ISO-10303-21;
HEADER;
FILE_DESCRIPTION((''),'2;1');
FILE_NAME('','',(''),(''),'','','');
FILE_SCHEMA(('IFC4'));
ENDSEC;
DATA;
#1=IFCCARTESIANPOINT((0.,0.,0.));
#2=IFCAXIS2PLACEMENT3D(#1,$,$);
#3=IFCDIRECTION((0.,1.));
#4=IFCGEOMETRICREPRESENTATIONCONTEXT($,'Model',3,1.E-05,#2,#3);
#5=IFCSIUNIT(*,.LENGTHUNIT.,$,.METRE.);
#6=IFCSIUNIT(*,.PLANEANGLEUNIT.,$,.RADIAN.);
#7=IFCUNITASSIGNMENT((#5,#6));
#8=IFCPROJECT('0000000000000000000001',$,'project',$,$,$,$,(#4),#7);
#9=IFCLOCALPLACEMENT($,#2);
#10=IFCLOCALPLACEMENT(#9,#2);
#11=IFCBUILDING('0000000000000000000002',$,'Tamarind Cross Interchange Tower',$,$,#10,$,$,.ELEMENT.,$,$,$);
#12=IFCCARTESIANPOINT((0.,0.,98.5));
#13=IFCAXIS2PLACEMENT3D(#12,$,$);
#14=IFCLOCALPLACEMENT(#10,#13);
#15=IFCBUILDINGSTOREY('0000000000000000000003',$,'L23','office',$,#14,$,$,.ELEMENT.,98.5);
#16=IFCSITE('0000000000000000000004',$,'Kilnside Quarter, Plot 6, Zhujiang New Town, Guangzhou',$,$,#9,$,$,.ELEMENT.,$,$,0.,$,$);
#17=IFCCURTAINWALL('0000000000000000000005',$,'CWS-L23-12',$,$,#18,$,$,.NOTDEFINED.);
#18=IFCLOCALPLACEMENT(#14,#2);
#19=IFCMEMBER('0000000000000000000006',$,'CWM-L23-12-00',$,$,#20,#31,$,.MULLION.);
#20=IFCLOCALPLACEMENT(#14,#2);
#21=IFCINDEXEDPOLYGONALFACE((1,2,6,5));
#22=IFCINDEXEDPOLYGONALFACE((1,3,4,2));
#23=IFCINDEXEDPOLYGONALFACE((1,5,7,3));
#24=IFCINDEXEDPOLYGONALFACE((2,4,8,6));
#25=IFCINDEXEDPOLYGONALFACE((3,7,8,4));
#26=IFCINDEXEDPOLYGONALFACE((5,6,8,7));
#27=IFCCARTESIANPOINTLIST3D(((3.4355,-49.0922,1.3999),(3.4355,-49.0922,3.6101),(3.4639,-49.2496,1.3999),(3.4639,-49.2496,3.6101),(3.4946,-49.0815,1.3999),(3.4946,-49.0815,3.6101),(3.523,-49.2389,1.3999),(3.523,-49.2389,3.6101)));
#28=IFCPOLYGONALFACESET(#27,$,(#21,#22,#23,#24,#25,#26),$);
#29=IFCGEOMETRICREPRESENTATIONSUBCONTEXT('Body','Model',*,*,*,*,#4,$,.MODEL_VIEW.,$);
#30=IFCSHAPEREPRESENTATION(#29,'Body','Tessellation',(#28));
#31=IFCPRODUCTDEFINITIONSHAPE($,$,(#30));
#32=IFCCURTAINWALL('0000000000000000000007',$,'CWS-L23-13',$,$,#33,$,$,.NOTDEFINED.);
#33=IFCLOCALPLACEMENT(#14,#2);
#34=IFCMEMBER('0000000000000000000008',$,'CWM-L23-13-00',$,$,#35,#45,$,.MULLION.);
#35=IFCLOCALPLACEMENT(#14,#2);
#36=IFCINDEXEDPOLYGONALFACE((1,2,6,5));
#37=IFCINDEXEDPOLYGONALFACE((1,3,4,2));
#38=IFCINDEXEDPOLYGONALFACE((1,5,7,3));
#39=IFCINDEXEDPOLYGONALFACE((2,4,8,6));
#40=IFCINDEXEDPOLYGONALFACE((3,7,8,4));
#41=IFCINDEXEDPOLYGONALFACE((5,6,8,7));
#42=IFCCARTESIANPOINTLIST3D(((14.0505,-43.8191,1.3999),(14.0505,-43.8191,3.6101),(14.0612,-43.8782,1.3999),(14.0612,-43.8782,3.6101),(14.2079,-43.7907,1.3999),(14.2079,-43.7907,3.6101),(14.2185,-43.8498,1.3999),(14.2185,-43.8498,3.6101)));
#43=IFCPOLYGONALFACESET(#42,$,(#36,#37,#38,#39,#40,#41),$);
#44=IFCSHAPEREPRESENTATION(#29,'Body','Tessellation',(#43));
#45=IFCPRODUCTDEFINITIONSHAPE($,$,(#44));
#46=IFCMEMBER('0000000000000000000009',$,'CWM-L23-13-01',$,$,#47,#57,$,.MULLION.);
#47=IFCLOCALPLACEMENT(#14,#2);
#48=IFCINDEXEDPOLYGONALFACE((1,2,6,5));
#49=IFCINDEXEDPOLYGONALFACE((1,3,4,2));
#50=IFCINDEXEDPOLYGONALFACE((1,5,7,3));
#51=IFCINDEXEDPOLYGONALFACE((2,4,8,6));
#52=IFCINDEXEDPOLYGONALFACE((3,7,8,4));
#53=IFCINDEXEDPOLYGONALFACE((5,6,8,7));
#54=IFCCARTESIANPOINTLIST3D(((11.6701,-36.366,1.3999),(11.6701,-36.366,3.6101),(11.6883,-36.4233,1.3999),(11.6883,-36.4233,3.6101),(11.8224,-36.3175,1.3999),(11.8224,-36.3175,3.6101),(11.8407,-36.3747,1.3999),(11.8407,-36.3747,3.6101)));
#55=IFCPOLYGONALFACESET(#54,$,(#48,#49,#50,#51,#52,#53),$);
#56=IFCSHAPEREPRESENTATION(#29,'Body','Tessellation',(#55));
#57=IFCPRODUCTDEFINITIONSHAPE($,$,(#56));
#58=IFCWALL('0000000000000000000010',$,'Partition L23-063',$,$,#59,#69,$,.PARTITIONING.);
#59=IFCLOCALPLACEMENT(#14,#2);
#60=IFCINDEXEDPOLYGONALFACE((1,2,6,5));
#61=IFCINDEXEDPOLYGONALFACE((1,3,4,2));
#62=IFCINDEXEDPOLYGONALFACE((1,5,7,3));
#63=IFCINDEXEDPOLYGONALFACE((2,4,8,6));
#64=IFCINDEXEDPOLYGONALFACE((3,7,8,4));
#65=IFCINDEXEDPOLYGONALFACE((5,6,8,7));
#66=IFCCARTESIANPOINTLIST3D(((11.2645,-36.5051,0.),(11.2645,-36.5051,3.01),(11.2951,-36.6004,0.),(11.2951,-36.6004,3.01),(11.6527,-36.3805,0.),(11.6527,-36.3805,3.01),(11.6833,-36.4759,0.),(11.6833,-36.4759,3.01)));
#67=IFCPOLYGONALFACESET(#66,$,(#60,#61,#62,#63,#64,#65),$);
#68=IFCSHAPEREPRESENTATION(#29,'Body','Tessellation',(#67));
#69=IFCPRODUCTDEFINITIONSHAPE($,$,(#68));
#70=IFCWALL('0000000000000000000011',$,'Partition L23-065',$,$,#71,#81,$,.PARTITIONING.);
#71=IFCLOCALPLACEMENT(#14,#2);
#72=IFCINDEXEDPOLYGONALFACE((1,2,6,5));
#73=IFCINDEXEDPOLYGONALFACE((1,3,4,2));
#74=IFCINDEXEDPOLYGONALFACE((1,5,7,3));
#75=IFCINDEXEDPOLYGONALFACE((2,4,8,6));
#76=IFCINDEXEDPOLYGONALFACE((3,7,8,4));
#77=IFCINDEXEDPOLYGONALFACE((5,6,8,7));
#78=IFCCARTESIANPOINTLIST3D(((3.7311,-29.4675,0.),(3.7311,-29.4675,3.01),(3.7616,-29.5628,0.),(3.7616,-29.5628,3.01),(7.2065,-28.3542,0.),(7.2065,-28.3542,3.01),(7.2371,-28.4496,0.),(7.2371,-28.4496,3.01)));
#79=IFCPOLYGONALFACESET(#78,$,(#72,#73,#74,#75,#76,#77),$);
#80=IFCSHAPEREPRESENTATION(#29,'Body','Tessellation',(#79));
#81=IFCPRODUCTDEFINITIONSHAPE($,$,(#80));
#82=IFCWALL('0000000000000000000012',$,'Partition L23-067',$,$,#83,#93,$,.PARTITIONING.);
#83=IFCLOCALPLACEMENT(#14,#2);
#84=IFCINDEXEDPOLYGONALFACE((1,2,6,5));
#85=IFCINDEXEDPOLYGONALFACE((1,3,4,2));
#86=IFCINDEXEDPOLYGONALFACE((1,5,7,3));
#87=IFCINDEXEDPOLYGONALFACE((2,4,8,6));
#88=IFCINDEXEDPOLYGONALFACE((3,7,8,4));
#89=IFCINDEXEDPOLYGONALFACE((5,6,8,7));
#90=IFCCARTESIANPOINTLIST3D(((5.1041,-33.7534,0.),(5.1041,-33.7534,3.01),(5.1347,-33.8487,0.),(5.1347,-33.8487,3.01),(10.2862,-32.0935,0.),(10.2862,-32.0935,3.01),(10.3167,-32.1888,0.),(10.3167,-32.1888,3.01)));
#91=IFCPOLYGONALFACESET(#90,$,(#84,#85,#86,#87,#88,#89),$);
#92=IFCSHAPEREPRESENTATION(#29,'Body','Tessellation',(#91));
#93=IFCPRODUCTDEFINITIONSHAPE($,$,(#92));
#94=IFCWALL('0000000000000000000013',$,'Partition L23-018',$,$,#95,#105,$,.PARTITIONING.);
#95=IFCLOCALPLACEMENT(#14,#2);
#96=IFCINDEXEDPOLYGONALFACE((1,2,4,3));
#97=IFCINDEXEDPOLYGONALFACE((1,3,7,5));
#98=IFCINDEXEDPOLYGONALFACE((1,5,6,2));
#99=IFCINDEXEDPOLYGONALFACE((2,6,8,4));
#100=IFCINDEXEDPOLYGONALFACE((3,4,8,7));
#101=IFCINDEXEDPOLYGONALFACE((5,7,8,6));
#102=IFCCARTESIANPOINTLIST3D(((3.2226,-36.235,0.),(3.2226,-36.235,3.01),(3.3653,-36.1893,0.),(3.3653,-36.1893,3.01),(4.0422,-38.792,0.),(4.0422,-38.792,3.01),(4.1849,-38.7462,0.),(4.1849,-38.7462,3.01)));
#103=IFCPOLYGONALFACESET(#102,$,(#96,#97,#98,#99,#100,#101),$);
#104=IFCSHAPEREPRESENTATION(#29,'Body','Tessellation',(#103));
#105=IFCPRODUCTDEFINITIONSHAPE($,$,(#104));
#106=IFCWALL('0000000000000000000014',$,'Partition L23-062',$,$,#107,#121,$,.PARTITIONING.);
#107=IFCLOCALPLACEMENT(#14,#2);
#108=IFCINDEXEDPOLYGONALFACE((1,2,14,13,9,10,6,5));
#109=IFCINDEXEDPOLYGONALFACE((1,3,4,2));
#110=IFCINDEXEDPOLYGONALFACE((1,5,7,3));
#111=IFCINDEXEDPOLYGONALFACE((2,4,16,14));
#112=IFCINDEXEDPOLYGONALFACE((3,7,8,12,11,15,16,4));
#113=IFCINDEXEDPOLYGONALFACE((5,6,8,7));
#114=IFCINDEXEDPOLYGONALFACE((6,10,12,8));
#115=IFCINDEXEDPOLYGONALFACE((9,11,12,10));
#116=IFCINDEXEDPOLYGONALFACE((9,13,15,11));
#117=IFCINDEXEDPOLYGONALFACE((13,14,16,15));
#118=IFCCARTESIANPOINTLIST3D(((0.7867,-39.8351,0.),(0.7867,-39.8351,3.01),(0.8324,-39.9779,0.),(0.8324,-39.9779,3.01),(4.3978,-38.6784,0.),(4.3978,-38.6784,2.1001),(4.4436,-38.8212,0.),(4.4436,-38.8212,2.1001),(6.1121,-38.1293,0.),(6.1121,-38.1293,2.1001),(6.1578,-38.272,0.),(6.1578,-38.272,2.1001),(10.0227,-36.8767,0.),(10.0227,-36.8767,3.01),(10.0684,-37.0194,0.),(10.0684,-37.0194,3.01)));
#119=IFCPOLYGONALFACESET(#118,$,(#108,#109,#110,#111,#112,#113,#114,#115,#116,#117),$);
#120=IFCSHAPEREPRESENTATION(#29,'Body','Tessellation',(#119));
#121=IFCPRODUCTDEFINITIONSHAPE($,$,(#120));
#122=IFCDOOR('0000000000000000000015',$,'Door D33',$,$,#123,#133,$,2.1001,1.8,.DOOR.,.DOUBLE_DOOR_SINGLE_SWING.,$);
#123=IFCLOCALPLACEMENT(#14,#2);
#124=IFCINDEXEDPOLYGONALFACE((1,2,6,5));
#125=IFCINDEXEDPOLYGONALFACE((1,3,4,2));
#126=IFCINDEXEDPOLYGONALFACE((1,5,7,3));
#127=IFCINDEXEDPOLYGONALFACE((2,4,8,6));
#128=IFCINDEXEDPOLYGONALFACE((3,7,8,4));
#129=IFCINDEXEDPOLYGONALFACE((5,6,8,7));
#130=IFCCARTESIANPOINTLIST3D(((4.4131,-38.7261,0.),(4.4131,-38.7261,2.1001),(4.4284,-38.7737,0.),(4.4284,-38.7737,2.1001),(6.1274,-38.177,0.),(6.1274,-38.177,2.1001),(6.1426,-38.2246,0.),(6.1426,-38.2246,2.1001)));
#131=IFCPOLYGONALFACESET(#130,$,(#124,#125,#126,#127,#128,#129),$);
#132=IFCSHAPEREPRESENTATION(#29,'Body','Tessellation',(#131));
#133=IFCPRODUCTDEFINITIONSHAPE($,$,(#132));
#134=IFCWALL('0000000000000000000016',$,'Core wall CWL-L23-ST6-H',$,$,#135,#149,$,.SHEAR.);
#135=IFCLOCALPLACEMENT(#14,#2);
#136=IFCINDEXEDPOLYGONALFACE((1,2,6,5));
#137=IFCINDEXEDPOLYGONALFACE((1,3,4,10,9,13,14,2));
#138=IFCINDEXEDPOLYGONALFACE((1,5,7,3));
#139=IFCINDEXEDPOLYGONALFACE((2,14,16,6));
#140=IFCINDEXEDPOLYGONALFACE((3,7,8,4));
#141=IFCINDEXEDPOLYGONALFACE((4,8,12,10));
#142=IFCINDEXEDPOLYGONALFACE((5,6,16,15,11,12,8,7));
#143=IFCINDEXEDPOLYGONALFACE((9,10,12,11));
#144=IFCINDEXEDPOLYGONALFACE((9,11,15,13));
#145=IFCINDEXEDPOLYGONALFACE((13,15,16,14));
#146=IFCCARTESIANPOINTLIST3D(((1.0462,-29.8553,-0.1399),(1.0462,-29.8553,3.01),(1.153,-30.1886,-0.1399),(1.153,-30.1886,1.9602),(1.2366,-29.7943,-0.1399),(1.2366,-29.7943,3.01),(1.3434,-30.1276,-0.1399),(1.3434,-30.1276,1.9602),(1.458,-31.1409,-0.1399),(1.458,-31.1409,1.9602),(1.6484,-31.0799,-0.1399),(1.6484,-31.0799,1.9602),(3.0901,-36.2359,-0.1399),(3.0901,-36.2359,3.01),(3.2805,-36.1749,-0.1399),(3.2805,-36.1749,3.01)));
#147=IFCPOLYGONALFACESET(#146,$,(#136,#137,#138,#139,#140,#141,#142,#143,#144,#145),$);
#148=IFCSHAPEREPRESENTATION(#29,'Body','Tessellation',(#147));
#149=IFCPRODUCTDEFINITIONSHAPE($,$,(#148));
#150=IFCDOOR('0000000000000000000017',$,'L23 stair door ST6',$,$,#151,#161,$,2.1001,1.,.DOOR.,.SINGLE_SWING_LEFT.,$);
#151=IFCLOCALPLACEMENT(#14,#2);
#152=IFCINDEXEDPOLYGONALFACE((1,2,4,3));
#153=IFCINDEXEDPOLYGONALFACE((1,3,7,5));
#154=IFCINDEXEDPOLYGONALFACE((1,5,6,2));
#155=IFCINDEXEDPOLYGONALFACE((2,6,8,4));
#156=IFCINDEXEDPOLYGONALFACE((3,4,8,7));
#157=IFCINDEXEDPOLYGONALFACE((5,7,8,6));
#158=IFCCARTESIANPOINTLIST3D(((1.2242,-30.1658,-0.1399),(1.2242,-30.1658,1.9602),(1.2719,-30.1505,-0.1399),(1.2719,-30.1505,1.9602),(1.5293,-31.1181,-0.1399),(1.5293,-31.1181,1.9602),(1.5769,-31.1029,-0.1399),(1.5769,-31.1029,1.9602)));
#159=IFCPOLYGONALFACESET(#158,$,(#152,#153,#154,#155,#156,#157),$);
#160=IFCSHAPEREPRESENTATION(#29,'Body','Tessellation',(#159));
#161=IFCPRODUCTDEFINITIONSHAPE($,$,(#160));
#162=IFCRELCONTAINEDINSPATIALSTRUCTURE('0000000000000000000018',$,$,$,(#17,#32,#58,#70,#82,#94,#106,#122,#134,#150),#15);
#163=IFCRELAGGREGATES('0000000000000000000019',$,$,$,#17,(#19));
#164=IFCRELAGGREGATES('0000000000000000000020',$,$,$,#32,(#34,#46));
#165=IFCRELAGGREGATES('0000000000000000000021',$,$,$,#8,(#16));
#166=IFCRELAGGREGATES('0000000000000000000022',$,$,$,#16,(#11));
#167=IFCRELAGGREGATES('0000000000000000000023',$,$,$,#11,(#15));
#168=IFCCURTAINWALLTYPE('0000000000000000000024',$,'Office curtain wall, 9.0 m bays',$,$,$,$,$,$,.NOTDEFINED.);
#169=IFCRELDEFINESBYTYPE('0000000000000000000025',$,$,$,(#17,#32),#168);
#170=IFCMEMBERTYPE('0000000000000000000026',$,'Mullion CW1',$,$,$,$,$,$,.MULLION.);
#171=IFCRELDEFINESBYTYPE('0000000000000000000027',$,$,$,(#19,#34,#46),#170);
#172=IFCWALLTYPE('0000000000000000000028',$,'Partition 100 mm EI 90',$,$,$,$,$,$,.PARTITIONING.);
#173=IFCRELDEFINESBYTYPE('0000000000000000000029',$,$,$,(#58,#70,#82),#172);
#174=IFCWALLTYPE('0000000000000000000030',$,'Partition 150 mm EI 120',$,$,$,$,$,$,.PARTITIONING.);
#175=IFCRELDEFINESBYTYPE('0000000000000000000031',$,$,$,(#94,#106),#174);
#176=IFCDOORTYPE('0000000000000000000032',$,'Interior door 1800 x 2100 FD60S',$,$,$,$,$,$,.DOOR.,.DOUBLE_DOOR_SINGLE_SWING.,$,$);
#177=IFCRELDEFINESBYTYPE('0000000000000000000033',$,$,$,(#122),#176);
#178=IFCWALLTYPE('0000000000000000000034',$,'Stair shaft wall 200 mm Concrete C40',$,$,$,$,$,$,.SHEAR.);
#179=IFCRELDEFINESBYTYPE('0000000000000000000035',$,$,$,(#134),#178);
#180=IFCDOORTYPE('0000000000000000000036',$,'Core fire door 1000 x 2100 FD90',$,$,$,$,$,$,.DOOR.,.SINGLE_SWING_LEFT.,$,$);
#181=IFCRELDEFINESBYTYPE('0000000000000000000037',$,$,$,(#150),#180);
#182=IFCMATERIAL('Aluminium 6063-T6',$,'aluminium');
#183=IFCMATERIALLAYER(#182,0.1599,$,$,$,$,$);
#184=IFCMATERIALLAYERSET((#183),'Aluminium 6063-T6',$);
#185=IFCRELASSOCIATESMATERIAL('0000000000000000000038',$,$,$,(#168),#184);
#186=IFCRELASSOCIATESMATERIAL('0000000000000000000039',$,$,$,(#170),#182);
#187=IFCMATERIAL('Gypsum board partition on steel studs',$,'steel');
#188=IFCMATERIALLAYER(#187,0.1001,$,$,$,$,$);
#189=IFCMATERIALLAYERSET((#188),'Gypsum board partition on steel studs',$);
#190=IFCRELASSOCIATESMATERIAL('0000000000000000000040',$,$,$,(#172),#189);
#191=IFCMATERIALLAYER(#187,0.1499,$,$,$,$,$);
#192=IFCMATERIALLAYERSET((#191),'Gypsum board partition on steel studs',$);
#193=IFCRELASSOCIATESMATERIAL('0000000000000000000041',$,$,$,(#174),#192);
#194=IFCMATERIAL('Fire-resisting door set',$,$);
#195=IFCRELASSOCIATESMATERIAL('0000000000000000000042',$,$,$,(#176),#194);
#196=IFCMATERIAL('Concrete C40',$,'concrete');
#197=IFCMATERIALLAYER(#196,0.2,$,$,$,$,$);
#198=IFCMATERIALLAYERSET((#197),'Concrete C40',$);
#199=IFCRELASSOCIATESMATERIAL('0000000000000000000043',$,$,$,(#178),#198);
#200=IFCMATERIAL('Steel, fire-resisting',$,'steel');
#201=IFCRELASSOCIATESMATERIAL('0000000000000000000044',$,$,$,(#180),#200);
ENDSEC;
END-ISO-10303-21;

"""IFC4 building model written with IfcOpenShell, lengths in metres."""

from ifc_helpers import new_model, si_unit, direction, frame, frame_2d, origin, origin_2d, place, context, subcontext, project, spatial, rectangle, extrude, material, layer, layer_set, material_profile, profile_set, type_object, element, fill, aggregate, save


model = new_model("IFC4")

# Units and contexts
model_context = context("Model", 3, precision=1e-05, world=origin(), true_north=direction((0.0, 1.0)))
body_context = subcontext(model_context, "Body", "Model", "MODEL_VIEW")
ifc_project = project(units=[si_unit("LENGTHUNIT", "METRE"), si_unit("PLANEANGLEUNIT", "RADIAN")], contexts=[model_context])

# Site, building, storey
site_placement = place(None, origin())
site = spatial("IfcSite", under=ifc_project, at=site_placement, Name="Kilnside Quarter, Plot 6, Zhujiang New Town, Guangzhou", CompositionType="ELEMENT", RefElevation=0.0)
building_placement = place(site_placement, origin())
building = spatial("IfcBuilding", under=site, at=building_placement, Name="Tamarind Cross Interchange Tower", CompositionType="ELEMENT")
storey_placement = place(building_placement, frame((0.0, 0.0, 98.5)))
storey = spatial("IfcBuildingStorey", under=building, at=storey_placement, Name="L23", Description="office", CompositionType="ELEMENT", Elevation=98.5)

# Curtain wall, member
ifc_material_1 = material(Name="Aluminium 6063-T6", Category="aluminium")
ifc_layer_1 = layer(ifc_material_1, 0.1599)
ifc_layer_set_1 = layer_set([ifc_layer_1], Name="Aluminium 6063-T6")
curtain_wall_type = type_object("IfcCurtainWallType", Name="Office curtain wall, 9.0 m bays", PredefinedType="NOTDEFINED", material=ifc_layer_set_1)
curtain_wall_1_placement = place(storey_placement, origin())
curtain_wall_1 = element("IfcCurtainWall", 1, at=curtain_wall_1_placement, inside=storey, type_object=curtain_wall_type, Name="CWS-L23-12", PredefinedType="NOTDEFINED")
ifc_material_profile_1 = material_profile(ifc_material_1, rectangle(XDim=0.0601, YDim=0.1599, at=origin_2d()), Name="Mullion CW1")
ifc_profile_set_1 = profile_set([ifc_material_profile_1], Name="Aluminium 6063-T6")
member_type = type_object("IfcMemberType", Name="Mullion CW1", PredefinedType="MULLION", material=ifc_profile_set_1)
member_1_placement = place(storey_placement, frame((3.4792, -49.1655, 1.3999), z_axis=(0.0, 0.0, 1.0), x_axis=(0.984005, 0.178143, 0.0)))
member_1 = element("IfcMember", 2, at=member_1_placement, type_object=member_type, Name="CWM-L23-12-00", PredefinedType="MULLION", context=body_context, shape_type="SweptSolid", body=[
    extrude(rectangle(XDim=0.0601, YDim=0.1599, at=origin_2d()), origin(), (0.0, 0.0, 1.0), 2.2102),
])
aggregate(curtain_wall_1, [member_1])

# Curtain wall, members
curtain_wall_2_placement = place(storey_placement, origin())
curtain_wall_2 = element("IfcCurtainWall", 3, at=curtain_wall_2_placement, inside=storey, type_object=curtain_wall_type, Name="CWS-L23-13", PredefinedType="NOTDEFINED")
member_2_placement = place(storey_placement, frame((14.1345, -43.8345, 1.3999), z_axis=(0.0, 0.0, 1.0), x_axis=(-0.177433, 0.984133, 0.0)))
member_2 = element("IfcMember", 4, at=member_2_placement, type_object=member_type, Name="CWM-L23-13-00", PredefinedType="MULLION", context=body_context, shape_type="SweptSolid", body=[
    extrude(rectangle(XDim=0.0601, YDim=0.1599, at=origin_2d()), origin(), (0.0, 0.0, 1.0), 2.2102),
])
member_3_placement = place(storey_placement, frame((11.7554, -36.3704, 1.3999), z_axis=(0.0, 0.0, 1.0), x_axis=(-0.303683, 0.952773, 0.0)))
member_3 = element("IfcMember", 5, at=member_3_placement, type_object=member_type, Name="CWM-L23-13-01", PredefinedType="MULLION", context=body_context, shape_type="SweptSolid", body=[
    extrude(rectangle(XDim=0.0601, YDim=0.1599, at=origin_2d()), origin(), (0.0, 0.0, 1.0), 2.2102),
])
aggregate(curtain_wall_2, [member_2, member_3])

# Walls
ifc_material_2 = material(Name="Gypsum board partition on steel studs", Category="steel")
ifc_layer_2 = layer(ifc_material_2, 0.1001)
ifc_layer_set_2 = layer_set([ifc_layer_2], Name="Gypsum board partition on steel studs")
wall_type_1 = type_object("IfcWallType", Name="Partition 100 mm EI 90", PredefinedType="PARTITIONING", material=ifc_layer_set_2)
wall_1_placement = place(storey_placement, frame((11.2798, -36.5527, 0.0), z_axis=(0.0, 0.0, 1.0), x_axis=(0.952215, 0.305428, 0.0)))
element("IfcWall", 6, at=wall_1_placement, inside=storey, type_object=wall_type_1, Name="Partition L23-063", PredefinedType="PARTITIONING", context=body_context, shape_type="SweptSolid", body=[
    extrude(rectangle(XDim=0.4077, YDim=0.1001, at=frame_2d((0.2039, 0.0))), origin(), (0.0, 0.0, 1.0), 3.01),
])
wall_2_placement = place(storey_placement, frame((3.7463, -29.5151, 0.0), z_axis=(0.0, 0.0, 1.0), x_axis=(0.952337, 0.305048, 0.0)))
element("IfcWall", 7, at=wall_2_placement, inside=storey, type_object=wall_type_1, Name="Partition L23-065", PredefinedType="PARTITIONING", context=body_context, shape_type="SweptSolid", body=[
    extrude(rectangle(XDim=3.6494, YDim=0.1001, at=frame_2d((1.8247, 0.0))), origin(), (0.0, 0.0, 1.0), 3.01),
])
wall_3_placement = place(storey_placement, frame((5.1194, -33.801, 0.0), z_axis=(0.0, 0.0, 1.0), x_axis=(0.952337, 0.305048, 0.0)))
element("IfcWall", 8, at=wall_3_placement, inside=storey, type_object=wall_type_1, Name="Partition L23-067", PredefinedType="PARTITIONING", context=body_context, shape_type="SweptSolid", body=[
    extrude(rectangle(XDim=5.4414, YDim=0.1001, at=frame_2d((2.7207, 0.0))), origin(), (0.0, 0.0, 1.0), 3.01),
])
ifc_layer_3 = layer(ifc_material_2, 0.1499)
ifc_layer_set_3 = layer_set([ifc_layer_3], Name="Gypsum board partition on steel studs")
wall_type_2 = type_object("IfcWallType", Name="Partition 150 mm EI 120", PredefinedType="PARTITIONING", material=ifc_layer_set_3)
wall_4_placement = place(storey_placement, frame((3.2939, -36.2122, 0.0), z_axis=(0.0, 0.0, 1.0), x_axis=(0.305241, -0.952275, 0.0)))
element("IfcWall", 9, at=wall_4_placement, inside=storey, type_object=wall_type_2, Name="Partition L23-018", PredefinedType="PARTITIONING", context=body_context, shape_type="SweptSolid", body=[
    extrude(rectangle(XDim=2.6851, YDim=0.1499, at=frame_2d((1.3425, 0.0))), origin(), (0.0, 0.0, 1.0), 3.01),
])

# Walls, openings, doors
wall_5_placement = place(storey_placement, frame((0.8096, -39.9065, 0.0), z_axis=(0.0, 0.0, 1.0), x_axis=(0.952336, 0.305052, 0.0)))
wall_5 = element("IfcWall", 10, at=wall_5_placement, inside=storey, type_object=wall_type_2, Name="Partition L23-062", PredefinedType="PARTITIONING", context=body_context, shape_type="SweptSolid", body=[
    extrude(rectangle(XDim=9.6982, YDim=0.1499, at=frame_2d((4.8491, 0.0))), origin(), (0.0, 0.0, 1.0), 3.01),
])
opening_1_placement = place(wall_5_placement, frame((3.792, 0.0, 0.0)))
opening_1 = element("IfcOpeningElement", 11, at=opening_1_placement, cuts=wall_5, PredefinedType="OPENING", context=body_context, shape_type="SweptSolid", body=[
    extrude(rectangle(XDim=1.8, YDim=2.1001, at=frame_2d((0.8999, 1.05))), frame((0.0, 0.085, 0.0), z_axis=(0.0, -1.0, 0.0), x_axis=(1.0, 0.0, 0.0)), (0.0, 0.0, 1.0), 0.1699),
])
ifc_material_3 = material(Name="Fire-resisting door set")
door_type_1 = type_object("IfcDoorType", Name="Interior door 1800 x 2100 FD60S", OperationType="DOUBLE_DOOR_SINGLE_SWING", PredefinedType="DOOR", material=ifc_material_3)
door_1_placement = place(opening_1_placement, origin())
door_1 = element("IfcDoor", 12, at=door_1_placement, inside=storey, type_object=door_type_1, Name="Door D33", OperationType="DOUBLE_DOOR_SINGLE_SWING", OverallHeight=2.1001, OverallWidth=1.8, PredefinedType="DOOR", context=body_context, shape_type="SweptSolid", body=[
    extrude(rectangle(XDim=1.8, YDim=2.1001, at=frame_2d((0.8999, 1.05))), frame((0.0, 0.0249, 0.0), z_axis=(0.0, -1.0, 0.0), x_axis=(1.0, 0.0, 0.0)), (0.0, 0.0, 1.0), 0.05),
])
fill(opening_1, door_1)
ifc_material_4 = material(Name="Concrete C40", Category="concrete")
ifc_layer_4 = layer(ifc_material_4, 0.2)
ifc_layer_set_4 = layer_set([ifc_layer_4], Name="Concrete C40")
wall_type_3 = type_object("IfcWallType", Name="Stair shaft wall 200 mm Concrete C40", PredefinedType="SHEAR", material=ifc_layer_set_4)
wall_6_placement = place(storey_placement, frame((1.1414, -29.8247, -0.1399), z_axis=(0.0, 0.0, 1.0), x_axis=(0.305067, -0.952331, 0.0)))
wall_6 = element("IfcWall", 13, at=wall_6_placement, inside=storey, type_object=wall_type_3, Name="Core wall CWL-L23-ST6-H", PredefinedType="SHEAR", context=body_context, shape_type="SweptSolid", body=[
    extrude(rectangle(XDim=6.7, YDim=0.2, at=frame_2d((3.3501, 0.0))), origin(), (0.0, 0.0, 1.0), 3.1499),
])
opening_2_placement = place(wall_6_placement, frame((0.3501, 0.0, 0.0)))
opening_2 = element("IfcOpeningElement", 14, at=opening_2_placement, cuts=wall_6, PredefinedType="OPENING", context=body_context, shape_type="SweptSolid", body=[
    extrude(rectangle(XDim=1.0, YDim=2.1001, at=frame_2d((0.5, 1.05))), frame((0.0, 0.1099, 0.0), z_axis=(0.0, -1.0, 0.0), x_axis=(1.0, 0.0, 0.0)), (0.0, 0.0, 1.0), 0.22),
])
ifc_material_5 = material(Name="Steel, fire-resisting", Category="steel")
door_type_2 = type_object("IfcDoorType", Name="Core fire door 1000 x 2100 FD90", OperationType="SINGLE_SWING_LEFT", PredefinedType="DOOR", material=ifc_material_5)
door_2_placement = place(opening_2_placement, origin())
door_2 = element("IfcDoor", 15, at=door_2_placement, inside=storey, type_object=door_type_2, Name="L23 stair door ST6", OperationType="SINGLE_SWING_LEFT", OverallHeight=2.1001, OverallWidth=1.0, PredefinedType="DOOR", context=body_context, shape_type="SweptSolid", body=[
    extrude(rectangle(XDim=1.0, YDim=2.1001, at=frame_2d((0.5, 1.05))), frame((0.0, 0.0249, 0.0), z_axis=(0.0, -1.0, 0.0), x_axis=(1.0, 0.0, 0.0)), (0.0, 0.0, 1.0), 0.05),
])
fill(opening_2, door_2)

save(model, "model.ifc")
